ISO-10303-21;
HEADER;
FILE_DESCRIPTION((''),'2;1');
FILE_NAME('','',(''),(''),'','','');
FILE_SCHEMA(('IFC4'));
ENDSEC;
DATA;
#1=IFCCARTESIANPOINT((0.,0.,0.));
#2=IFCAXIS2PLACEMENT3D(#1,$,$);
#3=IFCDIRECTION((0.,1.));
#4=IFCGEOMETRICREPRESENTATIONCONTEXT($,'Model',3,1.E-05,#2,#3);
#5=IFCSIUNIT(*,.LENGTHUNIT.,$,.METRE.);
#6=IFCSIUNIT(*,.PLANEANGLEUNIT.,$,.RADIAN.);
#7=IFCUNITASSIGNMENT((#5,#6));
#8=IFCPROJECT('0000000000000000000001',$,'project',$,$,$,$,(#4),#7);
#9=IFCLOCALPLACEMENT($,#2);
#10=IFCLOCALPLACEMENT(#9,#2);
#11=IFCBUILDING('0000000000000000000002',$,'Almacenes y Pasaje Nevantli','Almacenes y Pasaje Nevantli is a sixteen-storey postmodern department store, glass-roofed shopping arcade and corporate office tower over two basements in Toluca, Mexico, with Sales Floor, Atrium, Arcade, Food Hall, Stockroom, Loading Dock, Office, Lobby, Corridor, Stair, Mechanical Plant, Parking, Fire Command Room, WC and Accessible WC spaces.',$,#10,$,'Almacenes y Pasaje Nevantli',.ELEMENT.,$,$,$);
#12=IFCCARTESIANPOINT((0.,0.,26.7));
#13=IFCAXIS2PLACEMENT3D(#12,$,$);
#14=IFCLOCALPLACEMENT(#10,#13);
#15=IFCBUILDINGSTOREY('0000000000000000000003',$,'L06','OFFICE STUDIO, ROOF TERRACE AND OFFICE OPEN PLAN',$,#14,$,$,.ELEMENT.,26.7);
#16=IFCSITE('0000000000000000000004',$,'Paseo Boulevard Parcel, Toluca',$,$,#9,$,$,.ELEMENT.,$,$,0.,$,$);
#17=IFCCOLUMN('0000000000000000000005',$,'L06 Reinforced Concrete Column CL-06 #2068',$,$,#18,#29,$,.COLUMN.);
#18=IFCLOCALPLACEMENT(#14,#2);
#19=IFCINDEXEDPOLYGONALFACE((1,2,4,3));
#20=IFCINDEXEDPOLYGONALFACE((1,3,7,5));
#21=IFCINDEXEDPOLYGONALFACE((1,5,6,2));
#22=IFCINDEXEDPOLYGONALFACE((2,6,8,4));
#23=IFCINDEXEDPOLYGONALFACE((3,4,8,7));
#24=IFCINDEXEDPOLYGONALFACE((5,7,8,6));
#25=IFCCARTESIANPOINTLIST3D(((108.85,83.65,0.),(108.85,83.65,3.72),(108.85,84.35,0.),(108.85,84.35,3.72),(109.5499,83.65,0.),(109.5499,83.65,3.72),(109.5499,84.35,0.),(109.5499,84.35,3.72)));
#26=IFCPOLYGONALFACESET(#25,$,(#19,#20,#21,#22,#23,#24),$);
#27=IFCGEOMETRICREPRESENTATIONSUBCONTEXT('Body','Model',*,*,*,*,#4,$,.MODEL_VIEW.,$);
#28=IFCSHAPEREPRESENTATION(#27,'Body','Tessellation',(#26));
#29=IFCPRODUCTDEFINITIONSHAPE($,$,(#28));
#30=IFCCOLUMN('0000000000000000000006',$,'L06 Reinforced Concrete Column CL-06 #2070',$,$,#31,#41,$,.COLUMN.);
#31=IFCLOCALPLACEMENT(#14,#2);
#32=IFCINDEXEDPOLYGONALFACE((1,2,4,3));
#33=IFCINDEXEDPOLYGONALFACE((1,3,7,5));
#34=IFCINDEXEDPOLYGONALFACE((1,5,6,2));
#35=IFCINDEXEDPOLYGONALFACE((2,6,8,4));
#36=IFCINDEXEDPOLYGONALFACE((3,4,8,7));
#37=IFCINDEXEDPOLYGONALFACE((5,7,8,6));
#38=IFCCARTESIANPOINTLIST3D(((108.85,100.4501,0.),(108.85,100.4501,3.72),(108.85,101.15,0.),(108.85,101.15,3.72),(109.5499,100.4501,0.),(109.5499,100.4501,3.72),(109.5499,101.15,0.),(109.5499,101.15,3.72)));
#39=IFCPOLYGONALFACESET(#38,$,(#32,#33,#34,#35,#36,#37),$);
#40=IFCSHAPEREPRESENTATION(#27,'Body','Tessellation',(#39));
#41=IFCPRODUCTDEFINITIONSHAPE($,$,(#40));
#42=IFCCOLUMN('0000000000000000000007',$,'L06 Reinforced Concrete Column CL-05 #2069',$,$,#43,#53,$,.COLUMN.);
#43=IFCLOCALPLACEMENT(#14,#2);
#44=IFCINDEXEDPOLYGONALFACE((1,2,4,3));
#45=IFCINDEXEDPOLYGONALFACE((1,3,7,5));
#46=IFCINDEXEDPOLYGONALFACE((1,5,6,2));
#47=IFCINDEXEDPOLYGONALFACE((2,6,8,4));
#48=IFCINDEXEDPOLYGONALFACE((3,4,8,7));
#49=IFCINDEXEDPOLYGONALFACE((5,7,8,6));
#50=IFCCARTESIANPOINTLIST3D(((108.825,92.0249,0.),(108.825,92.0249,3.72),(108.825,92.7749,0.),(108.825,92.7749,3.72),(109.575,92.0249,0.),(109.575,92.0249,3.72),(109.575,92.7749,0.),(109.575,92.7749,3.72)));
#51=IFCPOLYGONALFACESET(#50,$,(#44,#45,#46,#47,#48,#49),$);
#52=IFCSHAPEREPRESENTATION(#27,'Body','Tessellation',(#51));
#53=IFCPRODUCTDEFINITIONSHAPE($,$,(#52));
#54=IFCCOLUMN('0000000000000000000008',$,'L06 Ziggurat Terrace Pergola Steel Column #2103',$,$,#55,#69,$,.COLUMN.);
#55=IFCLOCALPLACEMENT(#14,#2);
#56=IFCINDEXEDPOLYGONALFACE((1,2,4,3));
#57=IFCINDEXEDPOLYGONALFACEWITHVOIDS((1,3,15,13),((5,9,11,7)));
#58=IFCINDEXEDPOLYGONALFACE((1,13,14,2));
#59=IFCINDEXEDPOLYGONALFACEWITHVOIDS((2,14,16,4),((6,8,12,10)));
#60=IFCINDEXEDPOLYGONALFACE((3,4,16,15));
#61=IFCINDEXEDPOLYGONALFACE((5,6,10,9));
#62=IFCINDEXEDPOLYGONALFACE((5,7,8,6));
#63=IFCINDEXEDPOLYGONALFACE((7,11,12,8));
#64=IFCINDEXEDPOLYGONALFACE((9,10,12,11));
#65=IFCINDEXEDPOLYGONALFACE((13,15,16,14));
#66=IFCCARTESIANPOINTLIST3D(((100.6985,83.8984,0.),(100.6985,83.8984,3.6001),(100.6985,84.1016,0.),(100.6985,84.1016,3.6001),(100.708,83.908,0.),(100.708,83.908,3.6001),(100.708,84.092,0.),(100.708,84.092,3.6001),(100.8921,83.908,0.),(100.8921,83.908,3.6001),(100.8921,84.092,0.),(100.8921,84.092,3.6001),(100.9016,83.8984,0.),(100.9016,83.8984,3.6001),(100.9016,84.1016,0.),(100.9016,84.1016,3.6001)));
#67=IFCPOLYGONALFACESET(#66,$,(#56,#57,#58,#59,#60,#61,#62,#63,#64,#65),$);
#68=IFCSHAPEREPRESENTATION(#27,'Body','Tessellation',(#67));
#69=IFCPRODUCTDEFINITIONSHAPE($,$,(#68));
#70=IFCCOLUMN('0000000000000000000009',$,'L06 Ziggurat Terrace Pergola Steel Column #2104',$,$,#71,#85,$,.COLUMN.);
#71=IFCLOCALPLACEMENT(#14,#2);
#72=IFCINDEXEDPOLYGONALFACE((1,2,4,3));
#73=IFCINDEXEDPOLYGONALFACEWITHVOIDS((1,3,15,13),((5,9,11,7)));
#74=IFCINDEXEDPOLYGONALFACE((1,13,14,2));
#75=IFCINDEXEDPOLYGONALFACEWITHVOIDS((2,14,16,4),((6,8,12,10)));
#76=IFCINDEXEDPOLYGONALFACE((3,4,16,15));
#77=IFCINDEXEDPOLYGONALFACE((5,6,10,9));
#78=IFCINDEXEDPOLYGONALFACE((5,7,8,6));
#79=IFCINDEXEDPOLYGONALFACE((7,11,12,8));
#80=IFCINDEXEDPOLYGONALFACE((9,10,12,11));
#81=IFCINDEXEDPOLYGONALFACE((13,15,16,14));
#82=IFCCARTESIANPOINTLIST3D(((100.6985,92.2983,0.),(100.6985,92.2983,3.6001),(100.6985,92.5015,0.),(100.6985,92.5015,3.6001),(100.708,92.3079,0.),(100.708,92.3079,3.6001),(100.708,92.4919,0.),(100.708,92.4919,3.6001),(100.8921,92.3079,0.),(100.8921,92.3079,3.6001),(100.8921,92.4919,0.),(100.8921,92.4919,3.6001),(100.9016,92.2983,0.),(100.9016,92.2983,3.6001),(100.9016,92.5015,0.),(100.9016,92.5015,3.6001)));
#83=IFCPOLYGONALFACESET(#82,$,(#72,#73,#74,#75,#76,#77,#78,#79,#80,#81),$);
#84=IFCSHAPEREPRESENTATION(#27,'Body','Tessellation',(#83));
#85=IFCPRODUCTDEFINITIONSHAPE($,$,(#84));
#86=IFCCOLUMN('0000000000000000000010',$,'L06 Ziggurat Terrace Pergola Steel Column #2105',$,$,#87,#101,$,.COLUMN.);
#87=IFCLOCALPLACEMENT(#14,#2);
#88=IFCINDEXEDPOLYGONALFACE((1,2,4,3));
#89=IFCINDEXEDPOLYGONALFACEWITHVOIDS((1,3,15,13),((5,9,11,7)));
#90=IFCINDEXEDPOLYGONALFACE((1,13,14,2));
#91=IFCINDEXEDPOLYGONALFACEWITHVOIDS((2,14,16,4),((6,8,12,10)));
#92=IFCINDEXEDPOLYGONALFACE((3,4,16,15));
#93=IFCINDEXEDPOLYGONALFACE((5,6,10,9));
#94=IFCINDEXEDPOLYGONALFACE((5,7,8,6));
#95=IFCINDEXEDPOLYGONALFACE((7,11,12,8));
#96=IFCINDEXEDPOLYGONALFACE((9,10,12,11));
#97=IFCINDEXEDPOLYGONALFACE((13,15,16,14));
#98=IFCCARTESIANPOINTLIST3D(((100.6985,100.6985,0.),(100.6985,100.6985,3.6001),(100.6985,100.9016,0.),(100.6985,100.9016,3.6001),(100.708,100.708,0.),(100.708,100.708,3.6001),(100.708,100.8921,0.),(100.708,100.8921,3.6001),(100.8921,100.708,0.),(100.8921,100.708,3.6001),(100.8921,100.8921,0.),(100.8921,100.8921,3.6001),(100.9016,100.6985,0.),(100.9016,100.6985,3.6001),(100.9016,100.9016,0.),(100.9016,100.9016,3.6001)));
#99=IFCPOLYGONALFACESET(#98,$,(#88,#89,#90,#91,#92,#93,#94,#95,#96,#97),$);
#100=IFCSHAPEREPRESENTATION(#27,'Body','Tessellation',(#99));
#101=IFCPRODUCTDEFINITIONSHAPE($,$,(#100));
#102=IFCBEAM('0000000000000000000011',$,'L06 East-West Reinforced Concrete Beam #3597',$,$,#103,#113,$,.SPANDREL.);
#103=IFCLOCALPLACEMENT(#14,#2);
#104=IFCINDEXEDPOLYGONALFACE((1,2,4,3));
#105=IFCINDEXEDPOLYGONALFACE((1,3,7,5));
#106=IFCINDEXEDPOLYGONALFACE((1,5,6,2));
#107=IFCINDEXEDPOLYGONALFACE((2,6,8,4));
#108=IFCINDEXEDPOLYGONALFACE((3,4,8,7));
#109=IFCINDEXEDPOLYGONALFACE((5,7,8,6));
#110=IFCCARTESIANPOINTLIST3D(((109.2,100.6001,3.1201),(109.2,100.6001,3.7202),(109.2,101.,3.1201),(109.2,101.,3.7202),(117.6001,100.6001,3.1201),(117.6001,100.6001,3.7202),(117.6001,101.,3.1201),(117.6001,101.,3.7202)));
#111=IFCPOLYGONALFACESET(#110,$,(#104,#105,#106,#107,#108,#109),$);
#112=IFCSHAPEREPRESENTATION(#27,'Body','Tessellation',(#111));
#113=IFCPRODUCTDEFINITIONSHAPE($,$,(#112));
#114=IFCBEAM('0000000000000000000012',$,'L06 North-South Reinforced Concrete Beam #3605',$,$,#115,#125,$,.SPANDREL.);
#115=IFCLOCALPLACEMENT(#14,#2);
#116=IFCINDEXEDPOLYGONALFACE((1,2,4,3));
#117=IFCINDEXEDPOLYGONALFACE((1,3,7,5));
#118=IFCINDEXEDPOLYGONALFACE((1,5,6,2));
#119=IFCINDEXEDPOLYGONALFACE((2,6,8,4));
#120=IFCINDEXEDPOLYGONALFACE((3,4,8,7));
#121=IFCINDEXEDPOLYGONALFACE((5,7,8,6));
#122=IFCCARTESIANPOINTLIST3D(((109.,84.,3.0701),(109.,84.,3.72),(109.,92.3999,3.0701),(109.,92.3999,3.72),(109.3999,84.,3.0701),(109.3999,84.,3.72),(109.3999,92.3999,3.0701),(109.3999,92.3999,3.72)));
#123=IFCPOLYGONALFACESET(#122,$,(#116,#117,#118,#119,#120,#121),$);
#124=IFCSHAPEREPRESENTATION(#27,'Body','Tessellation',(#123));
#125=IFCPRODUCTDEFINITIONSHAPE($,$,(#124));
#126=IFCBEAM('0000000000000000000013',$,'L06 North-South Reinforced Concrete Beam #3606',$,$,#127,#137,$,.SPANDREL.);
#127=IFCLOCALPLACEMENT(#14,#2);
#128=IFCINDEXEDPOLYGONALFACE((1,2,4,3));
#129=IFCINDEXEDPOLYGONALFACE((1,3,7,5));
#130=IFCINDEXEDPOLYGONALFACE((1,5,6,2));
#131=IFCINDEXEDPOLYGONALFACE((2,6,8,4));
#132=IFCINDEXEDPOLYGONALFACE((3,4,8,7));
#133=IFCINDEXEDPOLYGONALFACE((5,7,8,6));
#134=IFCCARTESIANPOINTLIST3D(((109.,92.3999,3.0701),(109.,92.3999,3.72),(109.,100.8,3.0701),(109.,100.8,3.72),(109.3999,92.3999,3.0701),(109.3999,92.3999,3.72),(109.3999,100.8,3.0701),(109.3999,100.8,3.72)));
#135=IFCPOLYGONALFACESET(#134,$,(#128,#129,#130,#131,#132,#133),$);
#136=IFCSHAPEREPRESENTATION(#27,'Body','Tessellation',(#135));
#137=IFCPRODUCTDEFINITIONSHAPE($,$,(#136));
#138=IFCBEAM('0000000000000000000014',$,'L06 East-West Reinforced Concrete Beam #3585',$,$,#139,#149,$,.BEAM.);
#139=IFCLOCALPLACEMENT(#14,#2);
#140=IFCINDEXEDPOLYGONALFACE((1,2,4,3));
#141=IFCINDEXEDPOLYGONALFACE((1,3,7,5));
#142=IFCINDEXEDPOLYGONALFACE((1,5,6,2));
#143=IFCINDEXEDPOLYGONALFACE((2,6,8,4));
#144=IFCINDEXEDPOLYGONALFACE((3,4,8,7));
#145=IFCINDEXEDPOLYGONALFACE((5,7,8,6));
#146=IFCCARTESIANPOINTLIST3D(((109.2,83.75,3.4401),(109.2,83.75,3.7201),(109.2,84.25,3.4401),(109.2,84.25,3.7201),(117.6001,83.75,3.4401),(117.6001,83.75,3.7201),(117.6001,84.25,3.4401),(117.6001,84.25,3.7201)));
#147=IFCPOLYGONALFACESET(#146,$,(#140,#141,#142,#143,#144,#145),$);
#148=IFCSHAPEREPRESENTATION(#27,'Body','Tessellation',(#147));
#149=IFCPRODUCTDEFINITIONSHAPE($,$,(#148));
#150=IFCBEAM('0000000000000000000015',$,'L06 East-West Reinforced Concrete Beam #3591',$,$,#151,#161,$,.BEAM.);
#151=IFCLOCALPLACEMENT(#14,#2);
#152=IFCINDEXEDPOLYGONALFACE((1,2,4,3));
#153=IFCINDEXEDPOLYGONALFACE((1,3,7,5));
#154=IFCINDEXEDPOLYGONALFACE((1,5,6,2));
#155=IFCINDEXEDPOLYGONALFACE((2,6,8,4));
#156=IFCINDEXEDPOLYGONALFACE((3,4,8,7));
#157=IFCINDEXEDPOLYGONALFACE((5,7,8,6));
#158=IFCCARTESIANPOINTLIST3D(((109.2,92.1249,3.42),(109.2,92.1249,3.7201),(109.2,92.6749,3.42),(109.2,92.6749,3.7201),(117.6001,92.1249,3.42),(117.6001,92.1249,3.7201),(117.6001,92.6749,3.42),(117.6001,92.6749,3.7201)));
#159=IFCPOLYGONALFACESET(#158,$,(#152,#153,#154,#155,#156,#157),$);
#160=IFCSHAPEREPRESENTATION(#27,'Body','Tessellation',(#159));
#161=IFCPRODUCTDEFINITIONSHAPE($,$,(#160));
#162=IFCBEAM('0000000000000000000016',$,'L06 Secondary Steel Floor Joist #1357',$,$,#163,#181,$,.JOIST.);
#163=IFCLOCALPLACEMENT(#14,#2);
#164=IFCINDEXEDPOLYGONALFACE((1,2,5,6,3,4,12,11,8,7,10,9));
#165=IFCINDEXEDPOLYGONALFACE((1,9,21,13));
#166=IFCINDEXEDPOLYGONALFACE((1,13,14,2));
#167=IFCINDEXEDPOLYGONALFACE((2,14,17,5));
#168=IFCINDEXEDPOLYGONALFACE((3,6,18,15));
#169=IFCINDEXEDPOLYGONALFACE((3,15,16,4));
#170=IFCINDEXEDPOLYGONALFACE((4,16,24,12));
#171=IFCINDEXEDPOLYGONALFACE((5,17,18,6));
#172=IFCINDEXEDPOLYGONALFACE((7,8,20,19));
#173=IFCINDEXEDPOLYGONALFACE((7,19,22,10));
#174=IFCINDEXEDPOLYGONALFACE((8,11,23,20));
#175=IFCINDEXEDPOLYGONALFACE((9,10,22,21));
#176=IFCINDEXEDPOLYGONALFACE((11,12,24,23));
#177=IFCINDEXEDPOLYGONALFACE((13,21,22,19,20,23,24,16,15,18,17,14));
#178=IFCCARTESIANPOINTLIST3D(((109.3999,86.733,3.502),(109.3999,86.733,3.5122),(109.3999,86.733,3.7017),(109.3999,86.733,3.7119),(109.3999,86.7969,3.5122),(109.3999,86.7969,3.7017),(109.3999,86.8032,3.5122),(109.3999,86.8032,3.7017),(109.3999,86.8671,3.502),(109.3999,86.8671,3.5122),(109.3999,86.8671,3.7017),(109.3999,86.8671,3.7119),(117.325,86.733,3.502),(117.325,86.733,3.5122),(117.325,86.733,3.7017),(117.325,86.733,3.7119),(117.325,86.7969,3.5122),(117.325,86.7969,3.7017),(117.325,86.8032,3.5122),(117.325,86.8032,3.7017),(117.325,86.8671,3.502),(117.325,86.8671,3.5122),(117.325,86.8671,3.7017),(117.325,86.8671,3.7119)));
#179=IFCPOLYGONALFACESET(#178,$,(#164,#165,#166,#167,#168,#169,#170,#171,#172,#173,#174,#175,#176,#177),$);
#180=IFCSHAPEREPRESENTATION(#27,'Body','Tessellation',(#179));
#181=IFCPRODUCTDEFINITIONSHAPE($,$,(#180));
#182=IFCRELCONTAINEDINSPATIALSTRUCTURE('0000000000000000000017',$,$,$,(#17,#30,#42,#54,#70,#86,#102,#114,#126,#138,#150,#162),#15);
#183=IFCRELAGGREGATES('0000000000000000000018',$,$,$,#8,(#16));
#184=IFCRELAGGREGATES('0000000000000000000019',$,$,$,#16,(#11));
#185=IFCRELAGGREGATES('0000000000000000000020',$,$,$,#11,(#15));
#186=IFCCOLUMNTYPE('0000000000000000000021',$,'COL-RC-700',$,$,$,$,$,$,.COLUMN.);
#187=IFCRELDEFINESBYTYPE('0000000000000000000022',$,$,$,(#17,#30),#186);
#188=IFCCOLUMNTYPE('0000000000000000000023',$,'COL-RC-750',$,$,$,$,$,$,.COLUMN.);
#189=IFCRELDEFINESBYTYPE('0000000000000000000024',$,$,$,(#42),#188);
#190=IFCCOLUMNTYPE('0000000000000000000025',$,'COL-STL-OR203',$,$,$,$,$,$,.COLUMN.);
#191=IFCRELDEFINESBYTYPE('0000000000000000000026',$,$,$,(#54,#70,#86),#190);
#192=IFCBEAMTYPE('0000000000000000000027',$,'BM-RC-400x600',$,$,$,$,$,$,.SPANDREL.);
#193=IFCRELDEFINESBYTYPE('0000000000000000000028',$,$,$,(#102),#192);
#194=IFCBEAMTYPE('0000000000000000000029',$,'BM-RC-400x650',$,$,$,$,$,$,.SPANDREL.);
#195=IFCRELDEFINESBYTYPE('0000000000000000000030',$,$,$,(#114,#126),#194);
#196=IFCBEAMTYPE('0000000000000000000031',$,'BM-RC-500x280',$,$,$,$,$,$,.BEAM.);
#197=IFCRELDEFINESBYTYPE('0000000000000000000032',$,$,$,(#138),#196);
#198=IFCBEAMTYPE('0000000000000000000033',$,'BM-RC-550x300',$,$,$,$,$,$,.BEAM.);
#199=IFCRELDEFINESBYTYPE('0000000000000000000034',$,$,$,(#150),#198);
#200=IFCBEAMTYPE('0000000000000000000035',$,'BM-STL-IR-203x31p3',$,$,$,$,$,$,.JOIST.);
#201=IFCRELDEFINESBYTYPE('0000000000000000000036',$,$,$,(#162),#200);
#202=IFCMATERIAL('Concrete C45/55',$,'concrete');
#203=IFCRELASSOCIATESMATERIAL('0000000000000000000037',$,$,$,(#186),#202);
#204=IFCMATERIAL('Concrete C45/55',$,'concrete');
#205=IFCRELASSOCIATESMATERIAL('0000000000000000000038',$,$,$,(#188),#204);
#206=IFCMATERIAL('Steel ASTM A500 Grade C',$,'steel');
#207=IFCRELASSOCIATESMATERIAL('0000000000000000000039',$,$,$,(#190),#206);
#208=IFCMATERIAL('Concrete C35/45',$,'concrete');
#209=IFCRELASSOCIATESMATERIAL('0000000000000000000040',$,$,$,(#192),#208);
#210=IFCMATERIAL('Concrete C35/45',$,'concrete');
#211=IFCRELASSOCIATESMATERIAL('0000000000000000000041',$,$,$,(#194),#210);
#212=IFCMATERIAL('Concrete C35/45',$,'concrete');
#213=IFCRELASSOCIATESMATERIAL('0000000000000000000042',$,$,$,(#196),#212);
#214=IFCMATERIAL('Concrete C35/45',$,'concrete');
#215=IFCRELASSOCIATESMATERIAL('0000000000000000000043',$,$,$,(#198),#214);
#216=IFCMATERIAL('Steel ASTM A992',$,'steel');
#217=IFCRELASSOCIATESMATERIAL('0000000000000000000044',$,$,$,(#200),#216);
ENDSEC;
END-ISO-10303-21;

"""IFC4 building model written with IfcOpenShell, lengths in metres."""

from ifc_helpers import new_model, si_unit, direction, frame, origin, origin_2d, place, context, subcontext, project, spatial, rectangle, hollow_rectangle, i_section, extrude, material, material_profile, profile_set, type_object, element, save


model = new_model("IFC4")

# Units and contexts
model_context = context("Model", 3, precision=1e-05, world=origin(), true_north=direction((0.0, 1.0)))
body_context = subcontext(model_context, "Body", "Model", "MODEL_VIEW")
ifc_project = project(units=[si_unit("LENGTHUNIT", "METRE"), si_unit("PLANEANGLEUNIT", "RADIAN")], contexts=[model_context])

# Site, building, storey
site_placement = place(None, origin())
site = spatial("IfcSite", under=ifc_project, at=site_placement, Name="Paseo Boulevard Parcel, Toluca", CompositionType="ELEMENT", RefElevation=0.0)
building_placement = place(site_placement, origin())
building = spatial("IfcBuilding", under=site, at=building_placement, Name="Almacenes y Pasaje Nevantli", Description="Almacenes y Pasaje Nevantli is a sixteen-storey postmodern department store, glass-roofed shopping arcade and corporate office tower over two basements in Toluca, Mexico, with Sales Floor, Atrium, Arcade, Food Hall, Stockroom, Loading Dock, Office, Lobby, Corridor, Stair, Mechanical Plant, Parking, Fire Command Room, WC and Accessible WC spaces.", LongName="Almacenes y Pasaje Nevantli", CompositionType="ELEMENT")
storey_placement = place(building_placement, frame((0.0, 0.0, 26.7)))
storey = spatial("IfcBuildingStorey", under=building, at=storey_placement, Name="L06", Description="OFFICE STUDIO, ROOF TERRACE AND OFFICE OPEN PLAN", CompositionType="ELEMENT", Elevation=26.7)

# Columns
ifc_material_1 = material(Name="Concrete C45/55", Category="concrete")
ifc_material_profile_1 = material_profile(ifc_material_1, rectangle(XDim=0.7, YDim=0.7, at=origin_2d()), Name="RC-COL-700x700")
ifc_profile_set_1 = profile_set([ifc_material_profile_1], Name="Concrete C45/55")
column_type_1 = type_object("IfcColumnType", Name="COL-RC-700", PredefinedType="COLUMN", material=ifc_profile_set_1)
for number, where, z_axis, x_axis, name in (
    (1, (109.2, 84.0, 0.0), (0.0, 0.0, 1.0), (1.0, 0.0, 0.0), "L06 Reinforced Concrete Column CL-06 #2068"),
    (2, (109.2, 100.8, 0.0), (0.0, 0.0, 1.0), (1.0, 0.0, 0.0), "L06 Reinforced Concrete Column CL-06 #2070"),
):
    element("IfcColumn", number, at=place(storey_placement, frame(where, z_axis=z_axis, x_axis=x_axis)), inside=storey, type_object=column_type_1, Name=name, PredefinedType="COLUMN", context=body_context, shape_type="SweptSolid", body=[
        extrude(rectangle(XDim=0.7, YDim=0.7, at=origin_2d()), origin(), (0.0, 0.0, 1.0), 3.72),
    ])
ifc_material_2 = material(Name="Concrete C45/55", Category="concrete")
ifc_material_profile_2 = material_profile(ifc_material_2, rectangle(XDim=0.75, YDim=0.75, at=origin_2d()), Name="RC-COL-750x750")
ifc_profile_set_2 = profile_set([ifc_material_profile_2], Name="Concrete C45/55")
column_type_2 = type_object("IfcColumnType", Name="COL-RC-750", PredefinedType="COLUMN", material=ifc_profile_set_2)
column_placement = place(storey_placement, frame((109.2, 92.3999, 0.0), z_axis=(0.0, 0.0, 1.0), x_axis=(1.0, 0.0, 0.0)))
element("IfcColumn", 3, at=column_placement, inside=storey, type_object=column_type_2, Name="L06 Reinforced Concrete Column CL-05 #2069", PredefinedType="COLUMN", context=body_context, shape_type="SweptSolid", body=[
    extrude(rectangle(XDim=0.75, YDim=0.75, at=origin_2d()), origin(), (0.0, 0.0, 1.0), 3.72),
])
ifc_material_3 = material(Name="Steel ASTM A500 Grade C", Category="steel")
ifc_material_profile_3 = material_profile(ifc_material_3, hollow_rectangle(XDim=0.2031, YDim=0.2031, WallThickness=0.0095, at=origin_2d()), Name="OR 203x203x9.5")
ifc_profile_set_3 = profile_set([ifc_material_profile_3], Name="Steel ASTM A500 Grade C")
column_type_3 = type_object("IfcColumnType", Name="COL-STL-OR203", PredefinedType="COLUMN", material=ifc_profile_set_3)
for number, where, z_axis, x_axis, name in (
    (4, (100.8, 84.0, 0.0), (0.0, 0.0, 1.0), (1.0, 0.0, 0.0), "L06 Ziggurat Terrace Pergola Steel Column #2103"),
    (5, (100.8, 92.3999, 0.0), (0.0, 0.0, 1.0), (1.0, 0.0, 0.0), "L06 Ziggurat Terrace Pergola Steel Column #2104"),
    (6, (100.8, 100.8, 0.0), (0.0, 0.0, 1.0), (1.0, 0.0, 0.0), "L06 Ziggurat Terrace Pergola Steel Column #2105"),
):
    element("IfcColumn", number, at=place(storey_placement, frame(where, z_axis=z_axis, x_axis=x_axis)), inside=storey, type_object=column_type_3, Name=name, PredefinedType="COLUMN", context=body_context, shape_type="SweptSolid", body=[
        extrude(hollow_rectangle(XDim=0.2031, YDim=0.2031, WallThickness=0.0095, at=origin_2d()), origin(), (0.0, 0.0, 1.0), 3.6001),
    ])

# Beams
ifc_material_4 = material(Name="Concrete C35/45", Category="concrete")
ifc_material_profile_4 = material_profile(ifc_material_4, rectangle(XDim=0.3999, YDim=0.6001, at=origin_2d()), Name="RC-BM-400x600")
ifc_profile_set_4 = profile_set([ifc_material_profile_4], Name="Concrete C35/45")
beam_type_1 = type_object("IfcBeamType", Name="BM-RC-400x600", PredefinedType="SPANDREL", material=ifc_profile_set_4)
beam_1_placement = place(storey_placement, frame((109.2, 100.8, 3.4202), z_axis=(1.0, 0.0, 0.0), x_axis=(0.0, 1.0, 0.0)))
element("IfcBeam", 7, at=beam_1_placement, inside=storey, type_object=beam_type_1, Name="L06 East-West Reinforced Concrete Beam #3597", PredefinedType="SPANDREL", context=body_context, shape_type="SweptSolid", body=[
    extrude(rectangle(XDim=0.3999, YDim=0.6001, at=origin_2d()), origin(), (0.0, 0.0, 1.0), 8.4001),
])
ifc_material_5 = material(Name="Concrete C35/45", Category="concrete")
ifc_material_profile_5 = material_profile(ifc_material_5, rectangle(XDim=0.3999, YDim=0.6499, at=origin_2d()), Name="RC-BM-400x650")
ifc_profile_set_5 = profile_set([ifc_material_profile_5], Name="Concrete C35/45")
beam_type_2 = type_object("IfcBeamType", Name="BM-RC-400x650", PredefinedType="SPANDREL", material=ifc_profile_set_5)
beam_2_placement = place(storey_placement, frame((109.2, 84.0, 3.395), z_axis=(0.0, 1.0, 0.0), x_axis=(-1.0, 0.0, 0.0)))
element("IfcBeam", 8, at=beam_2_placement, inside=storey, type_object=beam_type_2, Name="L06 North-South Reinforced Concrete Beam #3605", PredefinedType="SPANDREL", context=body_context, shape_type="SweptSolid", body=[
    extrude(rectangle(XDim=0.3999, YDim=0.6499, at=origin_2d()), origin(), (0.0, 0.0, 1.0), 8.3999),
])
beam_3_placement = place(storey_placement, frame((109.2, 92.3999, 3.395), z_axis=(0.0, 1.0, 0.0), x_axis=(-1.0, 0.0, 0.0)))
element("IfcBeam", 9, at=beam_3_placement, inside=storey, type_object=beam_type_2, Name="L06 North-South Reinforced Concrete Beam #3606", PredefinedType="SPANDREL", context=body_context, shape_type="SweptSolid", body=[
    extrude(rectangle(XDim=0.3999, YDim=0.6499, at=origin_2d()), origin(), (0.0, 0.0, 1.0), 8.4001),
])
ifc_material_6 = material(Name="Concrete C35/45", Category="concrete")
ifc_material_profile_6 = material_profile(ifc_material_6, rectangle(XDim=0.5, YDim=0.28, at=origin_2d()), Name="RC-BM-500x280")
ifc_profile_set_6 = profile_set([ifc_material_profile_6], Name="Concrete C35/45")
beam_type_3 = type_object("IfcBeamType", Name="BM-RC-500x280", PredefinedType="BEAM", material=ifc_profile_set_6)
beam_4_placement = place(storey_placement, frame((109.2, 84.0, 3.5801), z_axis=(1.0, 0.0, 0.0), x_axis=(0.0, 1.0, 0.0)))
element("IfcBeam", 10, at=beam_4_placement, inside=storey, type_object=beam_type_3, Name="L06 East-West Reinforced Concrete Beam #3585", PredefinedType="BEAM", context=body_context, shape_type="SweptSolid", body=[
    extrude(rectangle(XDim=0.5, YDim=0.28, at=origin_2d()), origin(), (0.0, 0.0, 1.0), 8.4001),
])
ifc_material_7 = material(Name="Concrete C35/45", Category="concrete")
ifc_material_profile_7 = material_profile(ifc_material_7, rectangle(XDim=0.55, YDim=0.3, at=origin_2d()), Name="RC-BM-550x300")
ifc_profile_set_7 = profile_set([ifc_material_profile_7], Name="Concrete C35/45")
beam_type_4 = type_object("IfcBeamType", Name="BM-RC-550x300", PredefinedType="BEAM", material=ifc_profile_set_7)
beam_5_placement = place(storey_placement, frame((109.2, 92.3999, 3.5701), z_axis=(1.0, 0.0, 0.0), x_axis=(0.0, 1.0, 0.0)))
element("IfcBeam", 11, at=beam_5_placement, inside=storey, type_object=beam_type_4, Name="L06 East-West Reinforced Concrete Beam #3591", PredefinedType="BEAM", context=body_context, shape_type="SweptSolid", body=[
    extrude(rectangle(XDim=0.55, YDim=0.3, at=origin_2d()), origin(), (0.0, 0.0, 1.0), 8.4001),
])
ifc_material_8 = material(Name="Steel ASTM A992", Category="steel")
ifc_material_profile_8 = material_profile(ifc_material_8, i_section(OverallWidth=0.134, OverallDepth=0.21, WebThickness=0.0063, FlangeThickness=0.0103, at=origin_2d()), Name="IR 203x31.3")
ifc_profile_set_8 = profile_set([ifc_material_profile_8], Name="Steel ASTM A992")
beam_type_5 = type_object("IfcBeamType", Name="BM-STL-IR-203x31p3", PredefinedType="JOIST", material=ifc_profile_set_8)
for number, where, z_axis, x_axis, name in (
    (12, (109.3999, 86.8, 3.6069), (1.0, 0.0, 0.0), (0.0, 1.0, 0.0), "L06 Secondary Steel Floor Joist #1357"),
):
    element("IfcBeam", number, at=place(storey_placement, frame(where, z_axis=z_axis, x_axis=x_axis)), inside=storey, type_object=beam_type_5, Name=name, PredefinedType="JOIST", context=body_context, shape_type="SweptSolid", body=[
        extrude(i_section(OverallWidth=0.134, OverallDepth=0.21, WebThickness=0.0063, FlangeThickness=0.0103, at=origin_2d()), origin(), (0.0, 0.0, 1.0), 7.925),
    ])

save(model, "model.ifc")
